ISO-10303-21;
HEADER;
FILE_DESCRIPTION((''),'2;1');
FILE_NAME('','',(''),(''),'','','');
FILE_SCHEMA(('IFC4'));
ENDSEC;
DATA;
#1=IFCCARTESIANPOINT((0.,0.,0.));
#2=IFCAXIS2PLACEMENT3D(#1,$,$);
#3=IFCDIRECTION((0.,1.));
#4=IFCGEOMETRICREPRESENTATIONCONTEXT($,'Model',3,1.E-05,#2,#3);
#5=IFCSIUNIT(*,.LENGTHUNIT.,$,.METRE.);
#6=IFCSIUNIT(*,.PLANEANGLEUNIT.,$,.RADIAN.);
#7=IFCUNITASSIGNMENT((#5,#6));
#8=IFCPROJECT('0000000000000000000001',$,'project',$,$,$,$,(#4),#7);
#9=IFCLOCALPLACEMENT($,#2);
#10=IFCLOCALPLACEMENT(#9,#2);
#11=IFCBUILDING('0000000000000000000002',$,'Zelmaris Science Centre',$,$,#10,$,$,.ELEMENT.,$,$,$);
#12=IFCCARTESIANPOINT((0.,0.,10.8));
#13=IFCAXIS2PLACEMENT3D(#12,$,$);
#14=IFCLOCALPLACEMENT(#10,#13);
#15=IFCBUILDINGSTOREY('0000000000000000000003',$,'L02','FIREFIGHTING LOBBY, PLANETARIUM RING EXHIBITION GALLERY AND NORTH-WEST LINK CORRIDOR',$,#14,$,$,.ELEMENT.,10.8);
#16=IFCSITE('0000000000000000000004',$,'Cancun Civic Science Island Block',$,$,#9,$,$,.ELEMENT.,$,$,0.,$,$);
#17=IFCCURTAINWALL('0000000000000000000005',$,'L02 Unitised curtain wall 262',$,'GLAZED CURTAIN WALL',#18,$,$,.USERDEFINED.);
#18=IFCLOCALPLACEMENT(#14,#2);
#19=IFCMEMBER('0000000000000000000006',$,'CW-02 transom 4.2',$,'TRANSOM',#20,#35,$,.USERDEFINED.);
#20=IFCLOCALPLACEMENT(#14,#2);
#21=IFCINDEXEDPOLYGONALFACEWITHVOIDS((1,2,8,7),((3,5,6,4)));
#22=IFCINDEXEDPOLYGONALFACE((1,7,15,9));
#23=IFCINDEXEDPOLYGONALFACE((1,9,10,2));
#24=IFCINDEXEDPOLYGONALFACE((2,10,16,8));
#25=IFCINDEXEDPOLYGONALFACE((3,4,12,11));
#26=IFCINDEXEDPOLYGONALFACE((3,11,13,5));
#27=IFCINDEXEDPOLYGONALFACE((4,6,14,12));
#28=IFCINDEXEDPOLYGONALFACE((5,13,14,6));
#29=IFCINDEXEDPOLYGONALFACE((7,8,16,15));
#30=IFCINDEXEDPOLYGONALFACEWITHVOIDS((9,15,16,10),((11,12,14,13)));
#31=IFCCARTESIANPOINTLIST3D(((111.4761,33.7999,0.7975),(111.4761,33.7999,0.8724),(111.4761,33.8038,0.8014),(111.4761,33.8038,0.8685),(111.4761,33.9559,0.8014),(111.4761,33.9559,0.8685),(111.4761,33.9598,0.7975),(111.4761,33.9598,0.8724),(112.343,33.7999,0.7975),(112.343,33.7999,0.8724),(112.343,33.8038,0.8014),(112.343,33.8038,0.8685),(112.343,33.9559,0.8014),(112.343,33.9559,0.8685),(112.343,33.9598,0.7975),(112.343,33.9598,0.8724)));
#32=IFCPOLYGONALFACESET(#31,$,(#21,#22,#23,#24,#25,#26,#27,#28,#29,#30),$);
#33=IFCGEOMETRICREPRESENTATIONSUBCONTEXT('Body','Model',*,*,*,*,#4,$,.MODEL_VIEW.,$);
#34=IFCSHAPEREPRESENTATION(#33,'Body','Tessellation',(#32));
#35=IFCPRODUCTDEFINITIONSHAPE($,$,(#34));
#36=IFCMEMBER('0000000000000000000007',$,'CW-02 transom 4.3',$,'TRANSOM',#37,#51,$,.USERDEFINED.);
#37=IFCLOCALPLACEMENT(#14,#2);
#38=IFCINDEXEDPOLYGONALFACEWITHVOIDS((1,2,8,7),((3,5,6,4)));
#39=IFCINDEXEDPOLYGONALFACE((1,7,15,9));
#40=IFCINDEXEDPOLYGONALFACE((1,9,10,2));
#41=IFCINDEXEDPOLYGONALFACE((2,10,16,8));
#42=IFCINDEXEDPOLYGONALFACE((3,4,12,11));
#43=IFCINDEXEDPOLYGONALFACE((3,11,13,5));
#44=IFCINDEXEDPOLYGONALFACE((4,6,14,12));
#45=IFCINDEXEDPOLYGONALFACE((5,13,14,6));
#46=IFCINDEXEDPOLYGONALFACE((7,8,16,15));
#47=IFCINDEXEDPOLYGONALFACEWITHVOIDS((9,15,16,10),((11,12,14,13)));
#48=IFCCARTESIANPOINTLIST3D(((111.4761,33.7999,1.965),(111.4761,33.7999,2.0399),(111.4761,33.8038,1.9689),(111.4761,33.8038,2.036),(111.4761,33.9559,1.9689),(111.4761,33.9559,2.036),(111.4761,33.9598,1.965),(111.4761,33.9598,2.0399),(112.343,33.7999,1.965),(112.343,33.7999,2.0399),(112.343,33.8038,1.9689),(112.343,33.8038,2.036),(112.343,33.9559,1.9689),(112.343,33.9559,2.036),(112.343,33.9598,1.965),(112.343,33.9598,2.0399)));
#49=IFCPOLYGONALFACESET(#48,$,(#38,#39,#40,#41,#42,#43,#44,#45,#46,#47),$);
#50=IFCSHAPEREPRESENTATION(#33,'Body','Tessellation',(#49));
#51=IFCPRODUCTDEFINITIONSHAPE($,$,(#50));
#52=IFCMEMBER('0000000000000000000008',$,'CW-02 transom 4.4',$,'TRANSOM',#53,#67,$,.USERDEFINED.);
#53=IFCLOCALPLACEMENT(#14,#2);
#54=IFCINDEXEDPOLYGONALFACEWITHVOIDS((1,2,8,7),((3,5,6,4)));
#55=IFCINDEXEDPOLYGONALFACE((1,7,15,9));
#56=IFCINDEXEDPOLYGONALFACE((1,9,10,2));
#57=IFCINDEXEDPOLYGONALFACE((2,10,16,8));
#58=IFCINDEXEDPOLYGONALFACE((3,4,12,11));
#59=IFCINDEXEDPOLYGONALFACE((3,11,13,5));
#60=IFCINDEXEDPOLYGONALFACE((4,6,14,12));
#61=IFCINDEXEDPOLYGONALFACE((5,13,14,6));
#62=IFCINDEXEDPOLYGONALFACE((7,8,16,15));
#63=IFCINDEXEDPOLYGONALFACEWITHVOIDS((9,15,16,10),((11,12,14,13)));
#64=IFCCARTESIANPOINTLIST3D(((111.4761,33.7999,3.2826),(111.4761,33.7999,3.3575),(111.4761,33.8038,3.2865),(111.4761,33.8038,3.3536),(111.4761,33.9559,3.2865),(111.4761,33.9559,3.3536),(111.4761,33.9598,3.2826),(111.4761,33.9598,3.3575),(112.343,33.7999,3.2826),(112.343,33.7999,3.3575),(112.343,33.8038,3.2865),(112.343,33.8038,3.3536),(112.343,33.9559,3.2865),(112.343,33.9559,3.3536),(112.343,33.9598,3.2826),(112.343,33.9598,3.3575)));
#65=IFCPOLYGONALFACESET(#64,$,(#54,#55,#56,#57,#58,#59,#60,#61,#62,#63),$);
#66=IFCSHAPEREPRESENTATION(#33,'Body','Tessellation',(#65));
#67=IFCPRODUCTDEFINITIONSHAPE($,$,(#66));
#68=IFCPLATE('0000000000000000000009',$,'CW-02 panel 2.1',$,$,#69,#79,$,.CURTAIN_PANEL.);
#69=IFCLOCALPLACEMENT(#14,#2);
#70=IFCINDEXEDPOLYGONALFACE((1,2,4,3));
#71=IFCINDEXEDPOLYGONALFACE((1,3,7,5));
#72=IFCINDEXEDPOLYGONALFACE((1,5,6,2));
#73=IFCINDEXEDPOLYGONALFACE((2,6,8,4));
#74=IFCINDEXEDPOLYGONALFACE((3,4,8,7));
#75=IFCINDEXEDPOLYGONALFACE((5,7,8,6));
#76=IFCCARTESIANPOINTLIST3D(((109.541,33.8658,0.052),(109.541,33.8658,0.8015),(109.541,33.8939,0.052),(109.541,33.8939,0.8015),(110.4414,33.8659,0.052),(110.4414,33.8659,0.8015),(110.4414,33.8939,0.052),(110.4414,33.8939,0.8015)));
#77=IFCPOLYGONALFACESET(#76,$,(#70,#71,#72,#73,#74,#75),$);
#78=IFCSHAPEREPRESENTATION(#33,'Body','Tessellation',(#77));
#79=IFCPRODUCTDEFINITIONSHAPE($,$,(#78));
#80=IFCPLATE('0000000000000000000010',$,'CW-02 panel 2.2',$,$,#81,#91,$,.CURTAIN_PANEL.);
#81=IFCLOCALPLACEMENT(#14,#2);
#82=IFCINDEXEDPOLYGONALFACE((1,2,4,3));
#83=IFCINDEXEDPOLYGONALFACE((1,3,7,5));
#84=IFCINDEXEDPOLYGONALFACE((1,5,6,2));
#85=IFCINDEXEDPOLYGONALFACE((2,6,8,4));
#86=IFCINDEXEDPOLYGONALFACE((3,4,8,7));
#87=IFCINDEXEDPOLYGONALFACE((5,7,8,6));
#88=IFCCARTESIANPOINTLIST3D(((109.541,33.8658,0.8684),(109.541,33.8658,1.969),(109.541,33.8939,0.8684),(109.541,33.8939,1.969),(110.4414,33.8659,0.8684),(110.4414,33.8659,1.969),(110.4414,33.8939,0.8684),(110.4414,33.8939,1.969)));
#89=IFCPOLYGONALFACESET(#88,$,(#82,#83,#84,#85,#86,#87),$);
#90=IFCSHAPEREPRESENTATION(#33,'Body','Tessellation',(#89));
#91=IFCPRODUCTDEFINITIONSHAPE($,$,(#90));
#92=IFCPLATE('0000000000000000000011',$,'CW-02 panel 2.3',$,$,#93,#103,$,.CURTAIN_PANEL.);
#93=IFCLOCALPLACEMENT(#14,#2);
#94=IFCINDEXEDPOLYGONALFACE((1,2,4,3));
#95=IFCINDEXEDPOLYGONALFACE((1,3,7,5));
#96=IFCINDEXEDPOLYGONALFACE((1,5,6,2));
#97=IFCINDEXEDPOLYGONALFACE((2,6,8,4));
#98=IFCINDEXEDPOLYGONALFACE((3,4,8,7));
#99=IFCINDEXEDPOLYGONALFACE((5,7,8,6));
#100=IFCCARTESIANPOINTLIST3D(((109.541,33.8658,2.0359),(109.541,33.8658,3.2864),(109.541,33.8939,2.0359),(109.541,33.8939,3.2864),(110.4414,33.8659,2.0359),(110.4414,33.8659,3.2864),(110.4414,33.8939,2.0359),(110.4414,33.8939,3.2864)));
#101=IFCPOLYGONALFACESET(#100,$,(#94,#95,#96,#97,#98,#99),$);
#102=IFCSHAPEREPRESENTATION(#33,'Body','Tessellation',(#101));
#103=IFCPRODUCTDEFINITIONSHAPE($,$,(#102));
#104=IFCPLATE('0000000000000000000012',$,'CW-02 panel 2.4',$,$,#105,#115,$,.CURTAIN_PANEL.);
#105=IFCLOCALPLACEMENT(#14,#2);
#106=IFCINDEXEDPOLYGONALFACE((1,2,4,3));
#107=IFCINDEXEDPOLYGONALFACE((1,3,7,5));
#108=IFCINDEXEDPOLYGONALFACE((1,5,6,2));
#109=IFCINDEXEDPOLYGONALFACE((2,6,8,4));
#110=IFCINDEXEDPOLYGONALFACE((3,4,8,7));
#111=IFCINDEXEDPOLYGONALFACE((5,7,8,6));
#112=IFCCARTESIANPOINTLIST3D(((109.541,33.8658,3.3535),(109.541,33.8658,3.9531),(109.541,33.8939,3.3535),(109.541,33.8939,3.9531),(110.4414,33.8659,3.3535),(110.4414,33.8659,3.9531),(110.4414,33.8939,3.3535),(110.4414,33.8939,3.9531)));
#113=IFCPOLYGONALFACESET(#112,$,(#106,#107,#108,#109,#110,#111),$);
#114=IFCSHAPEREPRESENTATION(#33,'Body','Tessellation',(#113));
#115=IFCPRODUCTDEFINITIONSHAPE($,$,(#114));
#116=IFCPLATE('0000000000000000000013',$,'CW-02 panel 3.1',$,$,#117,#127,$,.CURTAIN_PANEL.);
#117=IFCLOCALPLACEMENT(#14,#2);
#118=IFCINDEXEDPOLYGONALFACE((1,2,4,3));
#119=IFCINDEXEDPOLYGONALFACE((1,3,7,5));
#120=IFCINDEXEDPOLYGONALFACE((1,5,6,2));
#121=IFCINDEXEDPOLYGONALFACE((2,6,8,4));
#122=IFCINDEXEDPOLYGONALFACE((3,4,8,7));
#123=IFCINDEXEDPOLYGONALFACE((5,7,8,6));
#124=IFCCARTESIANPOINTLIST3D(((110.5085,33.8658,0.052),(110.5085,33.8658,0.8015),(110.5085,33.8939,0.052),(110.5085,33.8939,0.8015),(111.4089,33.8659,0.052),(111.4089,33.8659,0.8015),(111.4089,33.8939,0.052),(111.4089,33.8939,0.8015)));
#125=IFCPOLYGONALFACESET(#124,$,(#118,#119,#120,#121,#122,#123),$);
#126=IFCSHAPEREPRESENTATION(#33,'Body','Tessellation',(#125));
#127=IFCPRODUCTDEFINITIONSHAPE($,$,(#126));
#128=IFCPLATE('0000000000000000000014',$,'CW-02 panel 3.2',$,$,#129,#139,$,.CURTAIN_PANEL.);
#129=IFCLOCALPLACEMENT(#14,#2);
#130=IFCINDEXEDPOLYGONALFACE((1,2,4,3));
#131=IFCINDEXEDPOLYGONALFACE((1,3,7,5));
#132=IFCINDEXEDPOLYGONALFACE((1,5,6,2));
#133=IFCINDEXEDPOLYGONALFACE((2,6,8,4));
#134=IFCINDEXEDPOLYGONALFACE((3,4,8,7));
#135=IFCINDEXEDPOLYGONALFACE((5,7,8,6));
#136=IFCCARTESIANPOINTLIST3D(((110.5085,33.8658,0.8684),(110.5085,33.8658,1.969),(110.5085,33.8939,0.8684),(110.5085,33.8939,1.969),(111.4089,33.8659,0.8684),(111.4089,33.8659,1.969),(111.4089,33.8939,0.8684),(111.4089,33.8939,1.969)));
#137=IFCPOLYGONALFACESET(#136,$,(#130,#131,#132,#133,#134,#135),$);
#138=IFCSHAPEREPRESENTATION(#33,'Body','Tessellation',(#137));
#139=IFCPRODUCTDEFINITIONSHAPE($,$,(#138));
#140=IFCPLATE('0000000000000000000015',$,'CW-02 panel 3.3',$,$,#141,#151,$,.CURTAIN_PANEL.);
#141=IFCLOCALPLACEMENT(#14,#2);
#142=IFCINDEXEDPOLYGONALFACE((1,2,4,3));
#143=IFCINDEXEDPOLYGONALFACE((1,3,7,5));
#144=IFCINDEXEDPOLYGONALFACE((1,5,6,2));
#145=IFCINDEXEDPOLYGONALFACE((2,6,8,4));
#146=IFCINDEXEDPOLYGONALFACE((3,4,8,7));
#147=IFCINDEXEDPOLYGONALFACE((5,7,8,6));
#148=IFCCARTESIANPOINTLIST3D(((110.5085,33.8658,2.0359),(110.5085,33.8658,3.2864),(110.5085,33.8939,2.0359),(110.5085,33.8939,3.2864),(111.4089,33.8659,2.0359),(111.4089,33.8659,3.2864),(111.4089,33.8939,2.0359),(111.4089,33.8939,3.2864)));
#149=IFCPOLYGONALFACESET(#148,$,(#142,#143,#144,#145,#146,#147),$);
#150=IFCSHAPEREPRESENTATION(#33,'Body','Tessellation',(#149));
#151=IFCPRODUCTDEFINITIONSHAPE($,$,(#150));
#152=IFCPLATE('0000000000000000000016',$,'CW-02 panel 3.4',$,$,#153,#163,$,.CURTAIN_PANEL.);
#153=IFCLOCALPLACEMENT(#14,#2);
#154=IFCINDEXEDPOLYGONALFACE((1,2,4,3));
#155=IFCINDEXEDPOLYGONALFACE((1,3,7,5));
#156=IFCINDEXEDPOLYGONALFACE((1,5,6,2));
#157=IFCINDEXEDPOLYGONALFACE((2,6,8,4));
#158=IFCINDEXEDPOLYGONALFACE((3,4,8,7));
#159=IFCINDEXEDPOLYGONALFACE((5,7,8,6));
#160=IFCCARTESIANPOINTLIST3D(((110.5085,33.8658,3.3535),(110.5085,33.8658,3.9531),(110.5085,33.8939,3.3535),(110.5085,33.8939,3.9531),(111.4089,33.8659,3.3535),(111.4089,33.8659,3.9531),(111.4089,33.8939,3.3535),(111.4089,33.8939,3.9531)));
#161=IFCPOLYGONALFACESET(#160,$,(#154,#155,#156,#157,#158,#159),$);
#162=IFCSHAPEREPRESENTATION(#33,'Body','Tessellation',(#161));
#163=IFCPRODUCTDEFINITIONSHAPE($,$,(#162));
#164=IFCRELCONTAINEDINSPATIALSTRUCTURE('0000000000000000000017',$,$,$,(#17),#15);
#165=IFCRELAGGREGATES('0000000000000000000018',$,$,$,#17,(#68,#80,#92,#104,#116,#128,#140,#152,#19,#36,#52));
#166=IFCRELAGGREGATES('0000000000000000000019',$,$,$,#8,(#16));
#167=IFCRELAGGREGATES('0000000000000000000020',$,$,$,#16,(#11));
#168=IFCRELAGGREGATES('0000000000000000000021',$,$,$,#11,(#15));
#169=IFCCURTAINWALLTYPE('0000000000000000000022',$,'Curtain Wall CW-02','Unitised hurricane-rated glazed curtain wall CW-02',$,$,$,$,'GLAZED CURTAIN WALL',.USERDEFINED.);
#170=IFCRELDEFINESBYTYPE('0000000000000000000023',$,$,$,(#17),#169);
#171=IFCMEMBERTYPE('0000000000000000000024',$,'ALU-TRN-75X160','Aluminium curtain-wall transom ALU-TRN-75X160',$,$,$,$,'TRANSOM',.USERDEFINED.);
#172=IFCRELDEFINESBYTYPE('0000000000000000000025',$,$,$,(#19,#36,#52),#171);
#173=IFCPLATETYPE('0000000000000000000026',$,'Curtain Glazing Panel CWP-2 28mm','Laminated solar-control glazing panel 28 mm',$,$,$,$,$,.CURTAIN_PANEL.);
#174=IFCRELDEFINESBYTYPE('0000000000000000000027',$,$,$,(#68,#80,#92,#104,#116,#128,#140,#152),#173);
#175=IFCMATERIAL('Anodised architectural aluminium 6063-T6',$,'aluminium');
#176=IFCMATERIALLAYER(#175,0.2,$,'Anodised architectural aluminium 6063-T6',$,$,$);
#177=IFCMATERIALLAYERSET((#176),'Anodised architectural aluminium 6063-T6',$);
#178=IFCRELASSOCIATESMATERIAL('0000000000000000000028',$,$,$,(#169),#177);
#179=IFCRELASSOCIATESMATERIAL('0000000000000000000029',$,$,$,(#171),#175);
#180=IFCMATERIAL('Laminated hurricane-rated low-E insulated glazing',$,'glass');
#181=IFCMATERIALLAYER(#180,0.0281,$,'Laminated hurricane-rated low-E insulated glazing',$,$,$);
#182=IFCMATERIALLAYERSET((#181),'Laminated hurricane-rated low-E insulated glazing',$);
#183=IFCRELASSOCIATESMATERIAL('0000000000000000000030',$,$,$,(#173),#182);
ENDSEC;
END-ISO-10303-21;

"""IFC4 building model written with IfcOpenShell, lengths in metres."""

from ifc_helpers import new_model, si_unit, direction, frame, origin, origin_2d, place, context, subcontext, project, spatial, rectangle, hollow_rectangle, extrude, material, layer, layer_set, material_profile, profile_set, type_object, element, aggregate, save


model = new_model("IFC4")

# Units and contexts
model_context = context("Model", 3, precision=1e-05, world=origin(), true_north=direction((0.0, 1.0)))
body_context = subcontext(model_context, "Body", "Model", "MODEL_VIEW")
ifc_project = project(units=[si_unit("LENGTHUNIT", "METRE"), si_unit("PLANEANGLEUNIT", "RADIAN")], contexts=[model_context])

# Site, building, storey
site_placement = place(None, origin())
site = spatial("IfcSite", under=ifc_project, at=site_placement, Name="Cancun Civic Science Island Block", CompositionType="ELEMENT", RefElevation=0.0)
building_placement = place(site_placement, origin())
building = spatial("IfcBuilding", under=site, at=building_placement, Name="Zelmaris Science Centre", CompositionType="ELEMENT")
storey_placement = place(building_placement, frame((0.0, 0.0, 10.8)))
storey = spatial("IfcBuildingStorey", under=building, at=storey_placement, Name="L02", Description="FIREFIGHTING LOBBY, PLANETARIUM RING EXHIBITION GALLERY AND NORTH-WEST LINK CORRIDOR", CompositionType="ELEMENT", Elevation=10.8)

# Curtain wall, members, plates
ifc_material_1 = material(Name="Anodised architectural aluminium 6063-T6", Category="aluminium")
ifc_layer_1 = layer(ifc_material_1, 0.2, Name="Anodised architectural aluminium 6063-T6")
ifc_layer_set_1 = layer_set([ifc_layer_1], Name="Anodised architectural aluminium 6063-T6")
curtain_wall_type = type_object("IfcCurtainWallType", Name="Curtain Wall CW-02", Description="Unitised hurricane-rated glazed curtain wall CW-02", ElementType="GLAZED CURTAIN WALL", PredefinedType="USERDEFINED", material=ifc_layer_set_1)
curtain_wall_placement = place(storey_placement, origin())
curtain_wall = element("IfcCurtainWall", 1, at=curtain_wall_placement, inside=storey, type_object=curtain_wall_type, Name="L02 Unitised curtain wall 262", ObjectType="GLAZED CURTAIN WALL", PredefinedType="USERDEFINED")
ifc_material_profile_1 = material_profile(ifc_material_1, hollow_rectangle(XDim=0.075, YDim=0.1599, WallThickness=0.0039, at=origin_2d()), Name="ALU-TRN-75X160")
ifc_profile_set_1 = profile_set([ifc_material_profile_1], Name="Anodised architectural aluminium 6063-T6")
member_type_1 = type_object("IfcMemberType", Name="ALU-TRN-75X160", Description="Aluminium curtain-wall transom ALU-TRN-75X160", ElementType="TRANSOM", PredefinedType="USERDEFINED", material=ifc_profile_set_1)
member_1_placement = place(storey_placement, frame((111.4761, 33.8799, 0.835), z_axis=(1.0, 0.0, 0.0), x_axis=(0.0, 0.0, 1.0)))
member_1 = element("IfcMember", 2, at=member_1_placement, type_object=member_type_1, Name="CW-02 transom 4.2", ObjectType="TRANSOM", PredefinedType="USERDEFINED", context=body_context, shape_type="SweptSolid", body=[
    extrude(hollow_rectangle(XDim=0.075, YDim=0.1599, WallThickness=0.0039, at=origin_2d()), origin(), (0.0, 0.0, 1.0), 0.8669),
])
member_2_placement = place(storey_placement, frame((111.4761, 33.8799, 2.0024), z_axis=(1.0, 0.0, 0.0), x_axis=(0.0, 0.0, 1.0)))
member_2 = element("IfcMember", 3, at=member_2_placement, type_object=member_type_1, Name="CW-02 transom 4.3", ObjectType="TRANSOM", PredefinedType="USERDEFINED", context=body_context, shape_type="SweptSolid", body=[
    extrude(hollow_rectangle(XDim=0.075, YDim=0.1599, WallThickness=0.0039, at=origin_2d()), origin(), (0.0, 0.0, 1.0), 0.8669),
])
member_3_placement = place(storey_placement, frame((111.4761, 33.8799, 3.3201), z_axis=(1.0, 0.0, 0.0), x_axis=(0.0, 0.0, 1.0)))
member_3 = element("IfcMember", 4, at=member_3_placement, type_object=member_type_1, Name="CW-02 transom 4.4", ObjectType="TRANSOM", PredefinedType="USERDEFINED", context=body_context, shape_type="SweptSolid", body=[
    extrude(hollow_rectangle(XDim=0.075, YDim=0.1599, WallThickness=0.0039, at=origin_2d()), origin(), (0.0, 0.0, 1.0), 0.8669),
])
ifc_material_2 = material(Name="Laminated hurricane-rated low-E insulated glazing", Category="glass")
ifc_layer_2 = layer(ifc_material_2, 0.0281, Name="Laminated hurricane-rated low-E insulated glazing")
ifc_layer_set_2 = layer_set([ifc_layer_2], Name="Laminated hurricane-rated low-E insulated glazing")
plate_type = type_object("IfcPlateType", Name="Curtain Glazing Panel CWP-2 28mm", Description="Laminated solar-control glazing panel 28 mm", PredefinedType="CURTAIN_PANEL", material=ifc_layer_set_2)
plate_1_placement = place(storey_placement, frame((109.9912, 33.8799, 0.052), z_axis=(0.0, 0.0, 1.0), x_axis=(1.0, 0.000026, 0.0)))
plate_1 = element("IfcPlate", 5, at=plate_1_placement, type_object=plate_type, Name="CW-02 panel 2.1", PredefinedType="CURTAIN_PANEL", context=body_context, shape_type="SweptSolid", body=[
    extrude(rectangle(XDim=0.9004, YDim=0.0281, at=origin_2d()), origin(), (0.0, 0.0, 1.0), 0.7495),
])
plate_2_placement = place(storey_placement, frame((109.9912, 33.8799, 0.8684), z_axis=(0.0, 0.0, 1.0), x_axis=(1.0, 0.000026, 0.0)))
plate_2 = element("IfcPlate", 6, at=plate_2_placement, type_object=plate_type, Name="CW-02 panel 2.2", PredefinedType="CURTAIN_PANEL", context=body_context, shape_type="SweptSolid", body=[
    extrude(rectangle(XDim=0.9004, YDim=0.0281, at=origin_2d()), origin(), (0.0, 0.0, 1.0), 1.1006),
])
plate_3_placement = place(storey_placement, frame((109.9912, 33.8799, 2.0359), z_axis=(0.0, 0.0, 1.0), x_axis=(1.0, 0.000026, 0.0)))
plate_3 = element("IfcPlate", 7, at=plate_3_placement, type_object=plate_type, Name="CW-02 panel 2.3", PredefinedType="CURTAIN_PANEL", context=body_context, shape_type="SweptSolid", body=[
    extrude(rectangle(XDim=0.9004, YDim=0.0281, at=origin_2d()), origin(), (0.0, 0.0, 1.0), 1.2505),
])
plate_4_placement = place(storey_placement, frame((109.9912, 33.8799, 3.3535), z_axis=(0.0, 0.0, 1.0), x_axis=(1.0, 0.000026, 0.0)))
plate_4 = element("IfcPlate", 8, at=plate_4_placement, type_object=plate_type, Name="CW-02 panel 2.4", PredefinedType="CURTAIN_PANEL", context=body_context, shape_type="SweptSolid", body=[
    extrude(rectangle(XDim=0.9004, YDim=0.0281, at=origin_2d()), origin(), (0.0, 0.0, 1.0), 0.5996),
])
plate_5_placement = place(storey_placement, frame((110.9587, 33.8799, 0.052), z_axis=(0.0, 0.0, 1.0), x_axis=(1.0, 0.000026, 0.0)))
plate_5 = element("IfcPlate", 9, at=plate_5_placement, type_object=plate_type, Name="CW-02 panel 3.1", PredefinedType="CURTAIN_PANEL", context=body_context, shape_type="SweptSolid", body=[
    extrude(rectangle(XDim=0.9004, YDim=0.0281, at=origin_2d()), origin(), (0.0, 0.0, 1.0), 0.7495),
])
plate_6_placement = place(storey_placement, frame((110.9587, 33.8799, 0.8684), z_axis=(0.0, 0.0, 1.0), x_axis=(1.0, 0.000026, 0.0)))
plate_6 = element("IfcPlate", 10, at=plate_6_placement, type_object=plate_type, Name="CW-02 panel 3.2", PredefinedType="CURTAIN_PANEL", context=body_context, shape_type="SweptSolid", body=[
    extrude(rectangle(XDim=0.9004, YDim=0.0281, at=origin_2d()), origin(), (0.0, 0.0, 1.0), 1.1006),
])
plate_7_placement = place(storey_placement, frame((110.9587, 33.8799, 2.0359), z_axis=(0.0, 0.0, 1.0), x_axis=(1.0, 0.000026, 0.0)))
plate_7 = element("IfcPlate", 11, at=plate_7_placement, type_object=plate_type, Name="CW-02 panel 3.3", PredefinedType="CURTAIN_PANEL", context=body_context, shape_type="SweptSolid", body=[
    extrude(rectangle(XDim=0.9004, YDim=0.0281, at=origin_2d()), origin(), (0.0, 0.0, 1.0), 1.2505),
])
plate_8_placement = place(storey_placement, frame((110.9587, 33.8799, 3.3535), z_axis=(0.0, 0.0, 1.0), x_axis=(1.0, 0.000026, 0.0)))
plate_8 = element("IfcPlate", 12, at=plate_8_placement, type_object=plate_type, Name="CW-02 panel 3.4", PredefinedType="CURTAIN_PANEL", context=body_context, shape_type="SweptSolid", body=[
    extrude(rectangle(XDim=0.9004, YDim=0.0281, at=origin_2d()), origin(), (0.0, 0.0, 1.0), 0.5996),
])
aggregate(curtain_wall, [plate_1, plate_2, plate_3, plate_4, plate_5, plate_6, plate_7, plate_8, member_1, member_2, member_3])

save(model, "model.ifc")
